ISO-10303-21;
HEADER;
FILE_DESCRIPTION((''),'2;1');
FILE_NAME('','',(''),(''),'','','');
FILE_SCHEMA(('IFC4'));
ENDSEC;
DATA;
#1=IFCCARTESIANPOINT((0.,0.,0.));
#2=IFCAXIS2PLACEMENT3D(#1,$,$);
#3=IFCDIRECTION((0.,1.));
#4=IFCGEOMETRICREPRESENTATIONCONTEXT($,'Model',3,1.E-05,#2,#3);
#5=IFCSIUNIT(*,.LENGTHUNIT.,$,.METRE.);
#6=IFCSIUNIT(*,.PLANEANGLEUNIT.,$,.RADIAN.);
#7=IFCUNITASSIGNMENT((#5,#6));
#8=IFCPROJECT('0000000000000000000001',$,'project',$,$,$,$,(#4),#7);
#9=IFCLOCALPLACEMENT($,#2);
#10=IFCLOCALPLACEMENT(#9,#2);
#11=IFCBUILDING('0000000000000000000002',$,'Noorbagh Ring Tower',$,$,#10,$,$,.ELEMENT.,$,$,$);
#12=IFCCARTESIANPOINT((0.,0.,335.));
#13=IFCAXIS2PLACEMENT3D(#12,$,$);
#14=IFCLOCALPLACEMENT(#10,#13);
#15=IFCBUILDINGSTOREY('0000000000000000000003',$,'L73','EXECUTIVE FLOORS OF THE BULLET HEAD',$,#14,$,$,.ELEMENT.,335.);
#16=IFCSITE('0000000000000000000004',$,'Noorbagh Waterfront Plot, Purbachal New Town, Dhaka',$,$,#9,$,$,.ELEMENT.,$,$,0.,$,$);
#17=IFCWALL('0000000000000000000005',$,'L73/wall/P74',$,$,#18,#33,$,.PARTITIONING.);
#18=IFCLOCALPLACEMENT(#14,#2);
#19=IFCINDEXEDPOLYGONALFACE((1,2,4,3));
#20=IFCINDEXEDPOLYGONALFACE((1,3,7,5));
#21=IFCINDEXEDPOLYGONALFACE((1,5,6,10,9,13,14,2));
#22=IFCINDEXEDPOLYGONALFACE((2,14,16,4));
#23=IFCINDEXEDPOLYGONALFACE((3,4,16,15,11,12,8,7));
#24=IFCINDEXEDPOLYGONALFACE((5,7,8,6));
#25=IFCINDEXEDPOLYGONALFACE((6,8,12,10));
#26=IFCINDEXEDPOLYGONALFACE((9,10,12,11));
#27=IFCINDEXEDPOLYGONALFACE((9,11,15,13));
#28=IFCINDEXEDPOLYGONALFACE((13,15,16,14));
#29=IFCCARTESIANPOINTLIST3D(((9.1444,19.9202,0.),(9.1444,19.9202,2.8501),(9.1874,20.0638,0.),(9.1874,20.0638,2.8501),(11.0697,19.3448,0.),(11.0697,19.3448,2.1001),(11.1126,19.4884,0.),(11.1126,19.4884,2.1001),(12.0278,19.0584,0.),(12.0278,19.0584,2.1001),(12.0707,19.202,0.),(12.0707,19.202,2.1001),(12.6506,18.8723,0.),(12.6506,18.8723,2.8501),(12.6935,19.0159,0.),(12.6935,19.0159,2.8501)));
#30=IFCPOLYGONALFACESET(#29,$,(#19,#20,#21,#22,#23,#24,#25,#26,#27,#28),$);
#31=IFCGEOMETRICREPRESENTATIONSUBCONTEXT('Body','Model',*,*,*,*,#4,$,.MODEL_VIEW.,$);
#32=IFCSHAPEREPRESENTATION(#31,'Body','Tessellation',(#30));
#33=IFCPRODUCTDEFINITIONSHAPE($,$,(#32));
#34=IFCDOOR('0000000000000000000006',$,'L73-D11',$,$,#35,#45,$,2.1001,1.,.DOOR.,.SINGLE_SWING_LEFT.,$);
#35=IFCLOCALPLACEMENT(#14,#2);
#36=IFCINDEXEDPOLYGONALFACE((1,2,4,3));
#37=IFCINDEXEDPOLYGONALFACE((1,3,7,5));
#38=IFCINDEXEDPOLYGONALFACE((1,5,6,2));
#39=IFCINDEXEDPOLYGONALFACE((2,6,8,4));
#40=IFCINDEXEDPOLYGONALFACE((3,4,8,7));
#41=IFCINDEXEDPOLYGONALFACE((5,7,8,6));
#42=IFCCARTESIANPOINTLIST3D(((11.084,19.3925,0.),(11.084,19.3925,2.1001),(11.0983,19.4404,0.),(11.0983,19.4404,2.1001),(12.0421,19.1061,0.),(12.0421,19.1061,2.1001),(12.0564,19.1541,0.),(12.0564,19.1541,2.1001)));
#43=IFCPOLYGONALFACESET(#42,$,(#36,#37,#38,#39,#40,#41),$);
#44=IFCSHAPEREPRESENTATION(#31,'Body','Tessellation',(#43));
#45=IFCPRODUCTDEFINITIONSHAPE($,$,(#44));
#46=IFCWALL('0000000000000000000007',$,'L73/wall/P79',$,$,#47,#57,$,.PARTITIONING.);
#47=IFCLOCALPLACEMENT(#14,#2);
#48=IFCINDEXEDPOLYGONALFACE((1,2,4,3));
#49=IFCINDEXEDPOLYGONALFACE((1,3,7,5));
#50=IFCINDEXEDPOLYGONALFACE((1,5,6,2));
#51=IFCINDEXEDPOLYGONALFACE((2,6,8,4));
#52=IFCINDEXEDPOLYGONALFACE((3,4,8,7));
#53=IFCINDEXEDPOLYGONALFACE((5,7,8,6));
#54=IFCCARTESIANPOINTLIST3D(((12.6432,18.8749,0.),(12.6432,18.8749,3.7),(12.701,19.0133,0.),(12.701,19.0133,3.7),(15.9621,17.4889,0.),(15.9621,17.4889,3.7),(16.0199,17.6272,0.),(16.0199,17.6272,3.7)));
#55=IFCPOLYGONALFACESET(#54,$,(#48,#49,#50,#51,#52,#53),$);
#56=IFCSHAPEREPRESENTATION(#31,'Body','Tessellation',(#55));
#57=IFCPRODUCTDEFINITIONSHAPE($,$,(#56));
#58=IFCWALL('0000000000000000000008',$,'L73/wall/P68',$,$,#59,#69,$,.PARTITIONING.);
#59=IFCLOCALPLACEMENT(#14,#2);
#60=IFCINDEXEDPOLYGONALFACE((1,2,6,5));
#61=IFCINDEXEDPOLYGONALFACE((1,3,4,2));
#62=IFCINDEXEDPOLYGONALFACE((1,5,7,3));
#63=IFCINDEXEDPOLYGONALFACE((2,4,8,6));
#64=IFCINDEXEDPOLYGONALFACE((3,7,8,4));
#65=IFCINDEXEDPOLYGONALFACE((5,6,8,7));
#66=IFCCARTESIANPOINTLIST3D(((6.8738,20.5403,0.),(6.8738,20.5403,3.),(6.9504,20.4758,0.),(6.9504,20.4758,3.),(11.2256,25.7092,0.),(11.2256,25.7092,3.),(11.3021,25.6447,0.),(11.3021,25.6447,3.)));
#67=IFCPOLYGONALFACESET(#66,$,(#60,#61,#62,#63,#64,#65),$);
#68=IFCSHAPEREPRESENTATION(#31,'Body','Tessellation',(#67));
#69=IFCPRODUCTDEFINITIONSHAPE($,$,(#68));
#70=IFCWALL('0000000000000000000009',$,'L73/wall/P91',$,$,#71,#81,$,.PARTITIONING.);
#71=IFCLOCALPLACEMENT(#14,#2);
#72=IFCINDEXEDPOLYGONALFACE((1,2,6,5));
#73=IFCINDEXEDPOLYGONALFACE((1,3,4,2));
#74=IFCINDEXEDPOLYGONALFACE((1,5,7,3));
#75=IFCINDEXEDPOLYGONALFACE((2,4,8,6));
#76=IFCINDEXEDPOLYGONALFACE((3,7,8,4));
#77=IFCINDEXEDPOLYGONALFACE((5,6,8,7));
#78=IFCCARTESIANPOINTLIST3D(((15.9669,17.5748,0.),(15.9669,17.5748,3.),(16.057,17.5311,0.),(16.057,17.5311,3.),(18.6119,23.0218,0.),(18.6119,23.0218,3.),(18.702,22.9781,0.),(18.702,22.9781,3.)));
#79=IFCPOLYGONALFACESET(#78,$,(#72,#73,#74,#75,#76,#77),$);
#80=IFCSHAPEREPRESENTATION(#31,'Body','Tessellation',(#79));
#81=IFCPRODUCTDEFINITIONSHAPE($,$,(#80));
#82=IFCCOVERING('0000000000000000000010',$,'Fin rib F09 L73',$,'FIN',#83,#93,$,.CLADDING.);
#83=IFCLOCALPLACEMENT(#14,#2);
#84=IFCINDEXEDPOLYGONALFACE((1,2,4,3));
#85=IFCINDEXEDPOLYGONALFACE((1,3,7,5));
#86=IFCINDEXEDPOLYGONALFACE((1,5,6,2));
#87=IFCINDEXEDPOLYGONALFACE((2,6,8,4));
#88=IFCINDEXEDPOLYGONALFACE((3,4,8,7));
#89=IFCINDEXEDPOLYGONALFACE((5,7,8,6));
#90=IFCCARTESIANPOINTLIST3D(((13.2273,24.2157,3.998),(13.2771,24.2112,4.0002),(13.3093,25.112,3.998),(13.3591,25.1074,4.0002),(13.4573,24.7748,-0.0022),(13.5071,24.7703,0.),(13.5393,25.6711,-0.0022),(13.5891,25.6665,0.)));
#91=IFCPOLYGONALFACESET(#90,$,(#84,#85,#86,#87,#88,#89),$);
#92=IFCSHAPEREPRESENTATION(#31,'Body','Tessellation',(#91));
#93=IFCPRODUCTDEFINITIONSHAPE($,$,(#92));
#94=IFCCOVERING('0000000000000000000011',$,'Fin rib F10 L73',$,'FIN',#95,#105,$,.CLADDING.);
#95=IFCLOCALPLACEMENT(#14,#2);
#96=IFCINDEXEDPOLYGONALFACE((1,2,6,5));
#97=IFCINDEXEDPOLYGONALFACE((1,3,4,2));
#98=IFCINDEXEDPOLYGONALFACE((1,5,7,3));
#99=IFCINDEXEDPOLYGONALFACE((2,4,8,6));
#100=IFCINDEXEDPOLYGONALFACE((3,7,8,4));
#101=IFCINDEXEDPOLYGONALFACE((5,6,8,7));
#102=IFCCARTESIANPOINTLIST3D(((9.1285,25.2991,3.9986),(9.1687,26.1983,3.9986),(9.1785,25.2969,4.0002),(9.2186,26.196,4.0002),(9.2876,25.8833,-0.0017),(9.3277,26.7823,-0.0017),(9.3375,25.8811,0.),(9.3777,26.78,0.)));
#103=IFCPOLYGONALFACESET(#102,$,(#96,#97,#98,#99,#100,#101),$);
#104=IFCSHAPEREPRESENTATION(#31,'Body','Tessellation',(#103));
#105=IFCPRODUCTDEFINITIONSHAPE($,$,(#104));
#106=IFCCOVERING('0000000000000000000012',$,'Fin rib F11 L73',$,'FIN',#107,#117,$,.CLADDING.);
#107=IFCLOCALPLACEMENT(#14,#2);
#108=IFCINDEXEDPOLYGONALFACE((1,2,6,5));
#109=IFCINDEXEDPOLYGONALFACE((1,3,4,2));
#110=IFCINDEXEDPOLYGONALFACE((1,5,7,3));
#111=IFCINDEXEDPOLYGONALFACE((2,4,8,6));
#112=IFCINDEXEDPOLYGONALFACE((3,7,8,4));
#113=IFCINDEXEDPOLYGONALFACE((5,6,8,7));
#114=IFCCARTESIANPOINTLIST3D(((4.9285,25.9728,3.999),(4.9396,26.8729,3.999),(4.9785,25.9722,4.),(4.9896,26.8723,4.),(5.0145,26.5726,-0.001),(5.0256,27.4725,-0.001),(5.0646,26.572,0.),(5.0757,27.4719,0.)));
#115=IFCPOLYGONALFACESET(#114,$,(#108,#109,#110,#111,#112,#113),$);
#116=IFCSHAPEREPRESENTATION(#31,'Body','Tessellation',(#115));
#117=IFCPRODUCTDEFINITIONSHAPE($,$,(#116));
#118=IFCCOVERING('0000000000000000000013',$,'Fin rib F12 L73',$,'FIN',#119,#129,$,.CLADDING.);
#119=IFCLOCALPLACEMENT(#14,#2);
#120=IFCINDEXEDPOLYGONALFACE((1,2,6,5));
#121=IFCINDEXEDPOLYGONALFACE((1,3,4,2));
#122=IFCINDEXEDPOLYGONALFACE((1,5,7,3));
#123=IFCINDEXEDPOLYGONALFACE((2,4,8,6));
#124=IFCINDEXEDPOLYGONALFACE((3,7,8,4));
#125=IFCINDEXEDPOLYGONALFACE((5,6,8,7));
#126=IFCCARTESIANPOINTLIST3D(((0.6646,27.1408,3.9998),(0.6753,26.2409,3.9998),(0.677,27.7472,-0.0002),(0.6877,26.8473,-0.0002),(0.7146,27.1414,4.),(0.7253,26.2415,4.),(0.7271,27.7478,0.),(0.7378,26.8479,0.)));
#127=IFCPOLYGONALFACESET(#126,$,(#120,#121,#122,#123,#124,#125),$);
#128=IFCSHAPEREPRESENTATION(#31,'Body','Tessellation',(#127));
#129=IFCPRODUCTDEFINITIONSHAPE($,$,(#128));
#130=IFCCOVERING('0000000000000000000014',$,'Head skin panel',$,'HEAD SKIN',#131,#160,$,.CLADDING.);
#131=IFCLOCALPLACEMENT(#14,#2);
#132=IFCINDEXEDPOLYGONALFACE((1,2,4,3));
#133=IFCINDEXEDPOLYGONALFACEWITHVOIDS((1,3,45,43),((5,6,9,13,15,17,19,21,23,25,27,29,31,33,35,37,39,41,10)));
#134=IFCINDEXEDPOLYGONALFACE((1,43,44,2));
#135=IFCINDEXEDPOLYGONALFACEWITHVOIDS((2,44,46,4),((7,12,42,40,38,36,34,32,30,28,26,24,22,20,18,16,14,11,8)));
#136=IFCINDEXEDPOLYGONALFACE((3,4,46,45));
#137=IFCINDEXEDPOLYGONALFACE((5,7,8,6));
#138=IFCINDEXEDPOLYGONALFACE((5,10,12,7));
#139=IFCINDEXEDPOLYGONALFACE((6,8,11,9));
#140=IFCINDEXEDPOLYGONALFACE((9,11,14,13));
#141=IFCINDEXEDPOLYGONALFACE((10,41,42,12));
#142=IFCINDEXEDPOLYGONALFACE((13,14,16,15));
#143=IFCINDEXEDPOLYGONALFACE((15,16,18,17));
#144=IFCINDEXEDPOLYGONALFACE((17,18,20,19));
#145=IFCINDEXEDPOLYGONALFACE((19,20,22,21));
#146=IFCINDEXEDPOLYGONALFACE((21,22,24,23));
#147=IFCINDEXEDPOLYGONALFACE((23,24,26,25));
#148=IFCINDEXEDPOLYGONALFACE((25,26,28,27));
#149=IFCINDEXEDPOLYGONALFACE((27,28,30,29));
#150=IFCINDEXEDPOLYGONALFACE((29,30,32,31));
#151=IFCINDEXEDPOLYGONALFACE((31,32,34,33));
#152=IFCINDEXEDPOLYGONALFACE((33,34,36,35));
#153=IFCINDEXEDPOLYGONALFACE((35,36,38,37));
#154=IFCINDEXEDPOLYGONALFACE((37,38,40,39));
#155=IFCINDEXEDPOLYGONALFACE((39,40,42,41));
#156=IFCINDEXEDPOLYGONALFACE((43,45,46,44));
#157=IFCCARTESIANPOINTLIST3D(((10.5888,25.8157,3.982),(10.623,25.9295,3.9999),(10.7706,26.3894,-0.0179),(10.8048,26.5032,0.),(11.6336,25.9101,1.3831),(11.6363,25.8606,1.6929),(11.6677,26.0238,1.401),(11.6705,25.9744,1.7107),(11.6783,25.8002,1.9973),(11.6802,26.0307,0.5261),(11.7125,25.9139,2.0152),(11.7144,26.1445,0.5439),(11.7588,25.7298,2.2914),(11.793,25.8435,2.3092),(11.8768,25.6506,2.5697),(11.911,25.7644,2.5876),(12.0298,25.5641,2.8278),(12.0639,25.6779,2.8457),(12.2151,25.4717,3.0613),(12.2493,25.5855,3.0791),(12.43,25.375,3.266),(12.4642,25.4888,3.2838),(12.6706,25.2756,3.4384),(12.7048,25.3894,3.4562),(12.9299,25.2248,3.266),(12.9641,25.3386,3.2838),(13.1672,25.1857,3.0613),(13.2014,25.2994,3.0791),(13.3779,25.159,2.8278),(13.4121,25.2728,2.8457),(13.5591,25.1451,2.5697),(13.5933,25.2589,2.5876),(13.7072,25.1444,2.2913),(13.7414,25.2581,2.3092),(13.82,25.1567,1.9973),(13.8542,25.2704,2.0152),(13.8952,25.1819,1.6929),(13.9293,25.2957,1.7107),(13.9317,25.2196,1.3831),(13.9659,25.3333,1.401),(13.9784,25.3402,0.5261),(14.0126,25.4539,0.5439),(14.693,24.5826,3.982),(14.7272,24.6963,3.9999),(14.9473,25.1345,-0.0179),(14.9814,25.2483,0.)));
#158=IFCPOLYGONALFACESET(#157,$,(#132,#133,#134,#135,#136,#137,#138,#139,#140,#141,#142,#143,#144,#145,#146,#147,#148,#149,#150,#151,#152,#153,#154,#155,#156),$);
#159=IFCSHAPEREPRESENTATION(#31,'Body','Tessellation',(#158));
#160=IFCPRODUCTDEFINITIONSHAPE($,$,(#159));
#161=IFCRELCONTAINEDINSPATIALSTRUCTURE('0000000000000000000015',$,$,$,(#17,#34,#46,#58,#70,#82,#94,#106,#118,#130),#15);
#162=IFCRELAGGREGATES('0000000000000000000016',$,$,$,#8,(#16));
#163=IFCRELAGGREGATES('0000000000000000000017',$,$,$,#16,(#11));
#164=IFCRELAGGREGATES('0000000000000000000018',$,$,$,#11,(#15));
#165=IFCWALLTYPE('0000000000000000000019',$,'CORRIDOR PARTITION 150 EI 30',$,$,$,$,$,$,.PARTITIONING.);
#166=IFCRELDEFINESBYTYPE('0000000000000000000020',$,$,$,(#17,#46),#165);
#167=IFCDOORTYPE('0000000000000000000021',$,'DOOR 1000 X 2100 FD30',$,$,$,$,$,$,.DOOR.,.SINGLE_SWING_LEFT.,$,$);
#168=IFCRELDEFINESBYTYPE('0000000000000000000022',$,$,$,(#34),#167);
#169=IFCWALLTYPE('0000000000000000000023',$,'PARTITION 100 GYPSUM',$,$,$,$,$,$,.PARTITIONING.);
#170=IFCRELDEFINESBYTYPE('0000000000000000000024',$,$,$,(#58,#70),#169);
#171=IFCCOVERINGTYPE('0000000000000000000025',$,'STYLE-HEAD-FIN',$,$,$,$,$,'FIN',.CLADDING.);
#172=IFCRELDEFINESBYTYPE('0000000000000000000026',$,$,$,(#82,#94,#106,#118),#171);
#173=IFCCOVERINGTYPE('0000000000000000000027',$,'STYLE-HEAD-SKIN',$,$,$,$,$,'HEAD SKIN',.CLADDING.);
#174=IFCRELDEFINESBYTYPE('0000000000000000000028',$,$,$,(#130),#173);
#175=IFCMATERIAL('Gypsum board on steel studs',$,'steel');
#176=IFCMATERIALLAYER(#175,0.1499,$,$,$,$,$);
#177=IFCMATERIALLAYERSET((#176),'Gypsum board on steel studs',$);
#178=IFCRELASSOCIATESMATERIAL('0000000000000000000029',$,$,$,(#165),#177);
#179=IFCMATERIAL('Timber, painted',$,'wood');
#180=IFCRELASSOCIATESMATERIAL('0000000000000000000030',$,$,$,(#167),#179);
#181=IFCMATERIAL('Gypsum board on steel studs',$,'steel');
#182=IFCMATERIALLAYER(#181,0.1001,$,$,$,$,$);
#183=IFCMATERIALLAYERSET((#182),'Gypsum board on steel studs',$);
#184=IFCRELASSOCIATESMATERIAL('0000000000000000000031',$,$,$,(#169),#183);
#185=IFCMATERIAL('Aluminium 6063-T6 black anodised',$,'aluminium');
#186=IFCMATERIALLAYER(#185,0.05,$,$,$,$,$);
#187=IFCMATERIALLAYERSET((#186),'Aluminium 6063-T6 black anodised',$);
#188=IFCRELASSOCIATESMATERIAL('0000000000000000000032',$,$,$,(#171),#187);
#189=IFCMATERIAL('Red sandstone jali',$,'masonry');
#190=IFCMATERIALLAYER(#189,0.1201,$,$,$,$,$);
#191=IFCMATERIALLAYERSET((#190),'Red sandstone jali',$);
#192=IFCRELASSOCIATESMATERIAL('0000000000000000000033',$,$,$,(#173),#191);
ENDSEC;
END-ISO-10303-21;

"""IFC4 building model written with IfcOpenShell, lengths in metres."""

from ifc_helpers import new_model, si_unit, direction, frame, frame_2d, origin, place, context, subcontext, project, spatial, polyline, rectangle, outline, extrude, material, layer, layer_set, type_object, element, fill, save


model = new_model("IFC4")

# Units and contexts
model_context = context("Model", 3, precision=1e-05, world=origin(), true_north=direction((0.0, 1.0)))
body_context = subcontext(model_context, "Body", "Model", "MODEL_VIEW")
ifc_project = project(units=[si_unit("LENGTHUNIT", "METRE"), si_unit("PLANEANGLEUNIT", "RADIAN")], contexts=[model_context])

# Site, building, storey
site_placement = place(None, origin())
site = spatial("IfcSite", under=ifc_project, at=site_placement, Name="Noorbagh Waterfront Plot, Purbachal New Town, Dhaka", CompositionType="ELEMENT", RefElevation=0.0)
building_placement = place(site_placement, origin())
building = spatial("IfcBuilding", under=site, at=building_placement, Name="Noorbagh Ring Tower", CompositionType="ELEMENT")
storey_placement = place(building_placement, frame((0.0, 0.0, 335.0)))
storey = spatial("IfcBuildingStorey", under=building, at=storey_placement, Name="L73", Description="EXECUTIVE FLOORS OF THE BULLET HEAD", CompositionType="ELEMENT", Elevation=335.0)

# Shared definitions
ifc_material_1 = material(Name="Gypsum board on steel studs", Category="steel")
ifc_layer_1 = layer(ifc_material_1, 0.1499)
ifc_layer_set_1 = layer_set([ifc_layer_1], Name="Gypsum board on steel studs")
wall_type_1 = type_object("IfcWallType", Name="CORRIDOR PARTITION 150 EI 30", PredefinedType="PARTITIONING", material=ifc_layer_set_1)

# Shared definitions
ifc_material_2 = material(Name="Timber, painted", Category="wood")
door_type = type_object("IfcDoorType", Name="DOOR 1000 X 2100 FD30", OperationType="SINGLE_SWING_LEFT", PredefinedType="DOOR", material=ifc_material_2)

# Wall, opening, door
wall_1_placement = place(storey_placement, frame((9.166, 19.9919, 0.0), z_axis=(0.0, 0.0, 1.0), x_axis=(0.958125, -0.28635, 0.0)))
wall_1 = element("IfcWall", 1, at=wall_1_placement, inside=storey, type_object=wall_type_1, Name="L73/wall/P74", PredefinedType="PARTITIONING", context=body_context, shape_type="SweptSolid", body=[
    extrude(rectangle(XDim=3.6594, YDim=0.1499, at=frame_2d((1.8296, 0.0))), origin(), (0.0, 0.0, 1.0), 2.8501),
])
opening_1_placement = place(wall_1_placement, frame((2.0093, 0.0, 0.0)))
opening_1 = element("IfcOpeningElement", 2, at=opening_1_placement, cuts=wall_1, PredefinedType="OPENING", context=body_context, shape_type="SweptSolid", body=[
    extrude(rectangle(XDim=1.0, YDim=2.1001, at=frame_2d((0.5, 1.05))), frame((0.0, 0.085, 0.0), z_axis=(0.0, -1.0, 0.0), x_axis=(1.0, 0.0, 0.0)), (0.0, 0.0, 1.0), 0.1699),
])
door_1_placement = place(opening_1_placement, origin())
door_1 = element("IfcDoor", 3, at=door_1_placement, inside=storey, type_object=door_type, Name="L73-D11", OperationType="SINGLE_SWING_LEFT", OverallHeight=2.1001, OverallWidth=1.0, PredefinedType="DOOR", context=body_context, shape_type="SweptSolid", body=[
    extrude(rectangle(XDim=1.0, YDim=2.1001, at=frame_2d((0.5, 1.05))), frame((0.0, 0.0249, 0.0), z_axis=(0.0, -1.0, 0.0), x_axis=(1.0, 0.0, 0.0)), (0.0, 0.0, 1.0), 0.05),
])
fill(opening_1, door_1)

# Walls
wall_2_placement = place(storey_placement, frame((12.6721, 18.9441, 0.0), z_axis=(0.0, 0.0, 1.0), x_axis=(0.922767, -0.385358, 0.0)))
element("IfcWall", 4, at=wall_2_placement, inside=storey, type_object=wall_type_1, Name="L73/wall/P79", PredefinedType="PARTITIONING", context=body_context, shape_type="SweptSolid", body=[
    extrude(rectangle(XDim=3.5967, YDim=0.1499, at=frame_2d((1.7983, 0.0))), origin(), (0.0, 0.0, 1.0), 3.7),
])
ifc_material_3 = material(Name="Gypsum board on steel studs", Category="steel")
ifc_layer_2 = layer(ifc_material_3, 0.1001)
ifc_layer_set_2 = layer_set([ifc_layer_2], Name="Gypsum board on steel studs")
wall_type_2 = type_object("IfcWallType", Name="PARTITION 100 GYPSUM", PredefinedType="PARTITIONING", material=ifc_layer_set_2)
wall_3_placement = place(storey_placement, frame((6.9121, 20.5081, 0.0), z_axis=(0.0, 0.0, 1.0), x_axis=(0.64405, 0.764983, 0.0)))
element("IfcWall", 5, at=wall_3_placement, inside=storey, type_object=wall_type_2, Name="L73/wall/P68", PredefinedType="PARTITIONING", context=body_context, shape_type="SweptSolid", body=[
    extrude(rectangle(XDim=6.7568, YDim=0.1001, at=frame_2d((3.3784, 0.0))), origin(), (0.0, 0.0, 1.0), 3.0),
])
wall_4_placement = place(storey_placement, frame((16.012, 17.553, 0.0), z_axis=(0.0, 0.0, 1.0), x_axis=(0.436814, 0.899552, 0.0)))
element("IfcWall", 6, at=wall_4_placement, inside=storey, type_object=wall_type_2, Name="L73/wall/P91", PredefinedType="PARTITIONING", context=body_context, shape_type="SweptSolid", body=[
    extrude(rectangle(XDim=6.0552, YDim=0.1001, at=frame_2d((3.0276, 0.0))), origin(), (0.0, 0.0, 1.0), 3.0),
])

# Coverings
ifc_material_4 = material(Name="Aluminium 6063-T6 black anodised", Category="aluminium")
ifc_layer_3 = layer(ifc_material_4, 0.05)
ifc_layer_set_3 = layer_set([ifc_layer_3], Name="Aluminium 6063-T6 black anodised")
covering_type_1 = type_object("IfcCoveringType", Name="STYLE-HEAD-FIN", ElementType="FIN", PredefinedType="CLADDING", material=ifc_layer_set_3)
covering_1_placement = place(storey_placement, frame((13.5891, 25.6665, 0.0), z_axis=(0.994852, -0.091057, 0.044469), x_axis=(-0.056846, -0.138193, 0.988773)))
element("IfcCovering", 7, at=covering_1_placement, inside=storey, type_object=covering_type_1, Name="Fin rib F09 L73", ObjectType="FIN", PredefinedType="CLADDING", context=body_context, shape_type="SweptSolid", body=[
    extrude(outline(polyline([(0.0, 0.0), (4.0457, 0.0), (4.1742, 0.8908), (0.1285, 0.8908), (0.0, 0.0)])), origin(), (0.0, 0.0, -1.0), 0.05),
])
covering_2_placement = place(storey_placement, frame((9.3777, 26.78, 0.0), z_axis=(0.998453, -0.044602, 0.033188), x_axis=(-0.039313, -0.144346, 0.988746)))
element("IfcCovering", 8, at=covering_2_placement, inside=storey, type_object=covering_type_1, Name="Fin rib F10 L73", ObjectType="FIN", PredefinedType="CLADDING", context=body_context, shape_type="SweptSolid", body=[
    extrude(outline(polyline([(0.0, 0.0), (4.0458, 0.0), (4.1771, 0.8904), (0.1313, 0.8902), (0.0, 0.0)])), origin(), (0.0, 0.0, -1.0), 0.05),
])
covering_3_placement = place(storey_placement, frame((5.0757, 27.4719, 0.0), z_axis=(0.999731, -0.012339, 0.019659), x_axis=(-0.021272, -0.148213, 0.988727)))
element("IfcCovering", 9, at=covering_3_placement, inside=storey, type_object=covering_type_1, Name="Fin rib F11 L73", ObjectType="FIN", PredefinedType="CLADDING", context=body_context, shape_type="SweptSolid", body=[
    extrude(outline(polyline([(0.0, 0.0), (4.0456, 0.0), (4.1793, 0.8902), (0.1336, 0.89), (0.0, 0.0)])), origin(), (0.0, 0.0, -1.0), 0.05),
])
covering_4_placement = place(storey_placement, frame((0.7271, 27.7478, 0.0), z_axis=(0.999917, 0.011936, 0.004922), x_axis=(-0.003078, -0.149898, 0.988697)))
element("IfcCovering", 10, at=covering_4_placement, inside=storey, type_object=covering_type_1, Name="Fin rib F12 L73", ObjectType="FIN", PredefinedType="CLADDING", context=body_context, shape_type="SweptSolid", body=[
    extrude(outline(polyline([(0.0, 0.0), (4.0457, 0.0), (4.1806, 0.8898), (0.1349, 0.8898), (0.0, 0.0)])), origin(), (0.0, 0.0, -1.0), 0.05),
])
ifc_material_5 = material(Name="Red sandstone jali", Category="masonry")
ifc_layer_4 = layer(ifc_material_5, 0.1201)
ifc_layer_set_4 = layer_set([ifc_layer_4], Name="Red sandstone jali")
covering_type_2 = type_object("IfcCoveringType", Name="STYLE-HEAD-SKIN", ElementType="HEAD SKIN", PredefinedType="CLADDING", material=ifc_layer_set_4)
covering_5_placement = place(storey_placement, frame((14.9814, 25.2483, 0.0), z_axis=(0.28455, 0.947047, 0.148774), x_axis=(-0.957705, 0.287752, 0.000002)))
element("IfcCovering", 11, at=covering_5_placement, inside=storey, type_object=covering_type_2, Name="Head skin panel", ObjectType="HEAD SKIN", PredefinedType="CLADDING", context=body_context, shape_type="SweptSolid", body=[
    extrude(outline(polyline([(0.0, 0.0), (4.3611, 0.0), (4.3701, 4.0449), (0.0847, 4.0449), (0.0, 0.0)]), holes=[polyline([(0.9871, 0.55), (0.9971, 1.4167), (1.0212, 1.73), (1.0859, 2.0378), (1.1904, 2.3352), (1.3325, 2.6167), (1.51, 2.8777), (1.7195, 3.1138), (1.958, 3.3208), (2.2209, 3.4951), (2.48, 3.3208), (2.7136, 3.1138), (2.9177, 2.8777), (3.0891, 2.6167), (3.2249, 2.3352), (3.3223, 2.0378), (3.3799, 1.73), (3.3967, 1.4167), (3.3867, 0.55), (0.9871, 0.55)])]), origin(), (0.0, 0.0, -1.0), 0.1201),
])

save(model, "model.ifc")
